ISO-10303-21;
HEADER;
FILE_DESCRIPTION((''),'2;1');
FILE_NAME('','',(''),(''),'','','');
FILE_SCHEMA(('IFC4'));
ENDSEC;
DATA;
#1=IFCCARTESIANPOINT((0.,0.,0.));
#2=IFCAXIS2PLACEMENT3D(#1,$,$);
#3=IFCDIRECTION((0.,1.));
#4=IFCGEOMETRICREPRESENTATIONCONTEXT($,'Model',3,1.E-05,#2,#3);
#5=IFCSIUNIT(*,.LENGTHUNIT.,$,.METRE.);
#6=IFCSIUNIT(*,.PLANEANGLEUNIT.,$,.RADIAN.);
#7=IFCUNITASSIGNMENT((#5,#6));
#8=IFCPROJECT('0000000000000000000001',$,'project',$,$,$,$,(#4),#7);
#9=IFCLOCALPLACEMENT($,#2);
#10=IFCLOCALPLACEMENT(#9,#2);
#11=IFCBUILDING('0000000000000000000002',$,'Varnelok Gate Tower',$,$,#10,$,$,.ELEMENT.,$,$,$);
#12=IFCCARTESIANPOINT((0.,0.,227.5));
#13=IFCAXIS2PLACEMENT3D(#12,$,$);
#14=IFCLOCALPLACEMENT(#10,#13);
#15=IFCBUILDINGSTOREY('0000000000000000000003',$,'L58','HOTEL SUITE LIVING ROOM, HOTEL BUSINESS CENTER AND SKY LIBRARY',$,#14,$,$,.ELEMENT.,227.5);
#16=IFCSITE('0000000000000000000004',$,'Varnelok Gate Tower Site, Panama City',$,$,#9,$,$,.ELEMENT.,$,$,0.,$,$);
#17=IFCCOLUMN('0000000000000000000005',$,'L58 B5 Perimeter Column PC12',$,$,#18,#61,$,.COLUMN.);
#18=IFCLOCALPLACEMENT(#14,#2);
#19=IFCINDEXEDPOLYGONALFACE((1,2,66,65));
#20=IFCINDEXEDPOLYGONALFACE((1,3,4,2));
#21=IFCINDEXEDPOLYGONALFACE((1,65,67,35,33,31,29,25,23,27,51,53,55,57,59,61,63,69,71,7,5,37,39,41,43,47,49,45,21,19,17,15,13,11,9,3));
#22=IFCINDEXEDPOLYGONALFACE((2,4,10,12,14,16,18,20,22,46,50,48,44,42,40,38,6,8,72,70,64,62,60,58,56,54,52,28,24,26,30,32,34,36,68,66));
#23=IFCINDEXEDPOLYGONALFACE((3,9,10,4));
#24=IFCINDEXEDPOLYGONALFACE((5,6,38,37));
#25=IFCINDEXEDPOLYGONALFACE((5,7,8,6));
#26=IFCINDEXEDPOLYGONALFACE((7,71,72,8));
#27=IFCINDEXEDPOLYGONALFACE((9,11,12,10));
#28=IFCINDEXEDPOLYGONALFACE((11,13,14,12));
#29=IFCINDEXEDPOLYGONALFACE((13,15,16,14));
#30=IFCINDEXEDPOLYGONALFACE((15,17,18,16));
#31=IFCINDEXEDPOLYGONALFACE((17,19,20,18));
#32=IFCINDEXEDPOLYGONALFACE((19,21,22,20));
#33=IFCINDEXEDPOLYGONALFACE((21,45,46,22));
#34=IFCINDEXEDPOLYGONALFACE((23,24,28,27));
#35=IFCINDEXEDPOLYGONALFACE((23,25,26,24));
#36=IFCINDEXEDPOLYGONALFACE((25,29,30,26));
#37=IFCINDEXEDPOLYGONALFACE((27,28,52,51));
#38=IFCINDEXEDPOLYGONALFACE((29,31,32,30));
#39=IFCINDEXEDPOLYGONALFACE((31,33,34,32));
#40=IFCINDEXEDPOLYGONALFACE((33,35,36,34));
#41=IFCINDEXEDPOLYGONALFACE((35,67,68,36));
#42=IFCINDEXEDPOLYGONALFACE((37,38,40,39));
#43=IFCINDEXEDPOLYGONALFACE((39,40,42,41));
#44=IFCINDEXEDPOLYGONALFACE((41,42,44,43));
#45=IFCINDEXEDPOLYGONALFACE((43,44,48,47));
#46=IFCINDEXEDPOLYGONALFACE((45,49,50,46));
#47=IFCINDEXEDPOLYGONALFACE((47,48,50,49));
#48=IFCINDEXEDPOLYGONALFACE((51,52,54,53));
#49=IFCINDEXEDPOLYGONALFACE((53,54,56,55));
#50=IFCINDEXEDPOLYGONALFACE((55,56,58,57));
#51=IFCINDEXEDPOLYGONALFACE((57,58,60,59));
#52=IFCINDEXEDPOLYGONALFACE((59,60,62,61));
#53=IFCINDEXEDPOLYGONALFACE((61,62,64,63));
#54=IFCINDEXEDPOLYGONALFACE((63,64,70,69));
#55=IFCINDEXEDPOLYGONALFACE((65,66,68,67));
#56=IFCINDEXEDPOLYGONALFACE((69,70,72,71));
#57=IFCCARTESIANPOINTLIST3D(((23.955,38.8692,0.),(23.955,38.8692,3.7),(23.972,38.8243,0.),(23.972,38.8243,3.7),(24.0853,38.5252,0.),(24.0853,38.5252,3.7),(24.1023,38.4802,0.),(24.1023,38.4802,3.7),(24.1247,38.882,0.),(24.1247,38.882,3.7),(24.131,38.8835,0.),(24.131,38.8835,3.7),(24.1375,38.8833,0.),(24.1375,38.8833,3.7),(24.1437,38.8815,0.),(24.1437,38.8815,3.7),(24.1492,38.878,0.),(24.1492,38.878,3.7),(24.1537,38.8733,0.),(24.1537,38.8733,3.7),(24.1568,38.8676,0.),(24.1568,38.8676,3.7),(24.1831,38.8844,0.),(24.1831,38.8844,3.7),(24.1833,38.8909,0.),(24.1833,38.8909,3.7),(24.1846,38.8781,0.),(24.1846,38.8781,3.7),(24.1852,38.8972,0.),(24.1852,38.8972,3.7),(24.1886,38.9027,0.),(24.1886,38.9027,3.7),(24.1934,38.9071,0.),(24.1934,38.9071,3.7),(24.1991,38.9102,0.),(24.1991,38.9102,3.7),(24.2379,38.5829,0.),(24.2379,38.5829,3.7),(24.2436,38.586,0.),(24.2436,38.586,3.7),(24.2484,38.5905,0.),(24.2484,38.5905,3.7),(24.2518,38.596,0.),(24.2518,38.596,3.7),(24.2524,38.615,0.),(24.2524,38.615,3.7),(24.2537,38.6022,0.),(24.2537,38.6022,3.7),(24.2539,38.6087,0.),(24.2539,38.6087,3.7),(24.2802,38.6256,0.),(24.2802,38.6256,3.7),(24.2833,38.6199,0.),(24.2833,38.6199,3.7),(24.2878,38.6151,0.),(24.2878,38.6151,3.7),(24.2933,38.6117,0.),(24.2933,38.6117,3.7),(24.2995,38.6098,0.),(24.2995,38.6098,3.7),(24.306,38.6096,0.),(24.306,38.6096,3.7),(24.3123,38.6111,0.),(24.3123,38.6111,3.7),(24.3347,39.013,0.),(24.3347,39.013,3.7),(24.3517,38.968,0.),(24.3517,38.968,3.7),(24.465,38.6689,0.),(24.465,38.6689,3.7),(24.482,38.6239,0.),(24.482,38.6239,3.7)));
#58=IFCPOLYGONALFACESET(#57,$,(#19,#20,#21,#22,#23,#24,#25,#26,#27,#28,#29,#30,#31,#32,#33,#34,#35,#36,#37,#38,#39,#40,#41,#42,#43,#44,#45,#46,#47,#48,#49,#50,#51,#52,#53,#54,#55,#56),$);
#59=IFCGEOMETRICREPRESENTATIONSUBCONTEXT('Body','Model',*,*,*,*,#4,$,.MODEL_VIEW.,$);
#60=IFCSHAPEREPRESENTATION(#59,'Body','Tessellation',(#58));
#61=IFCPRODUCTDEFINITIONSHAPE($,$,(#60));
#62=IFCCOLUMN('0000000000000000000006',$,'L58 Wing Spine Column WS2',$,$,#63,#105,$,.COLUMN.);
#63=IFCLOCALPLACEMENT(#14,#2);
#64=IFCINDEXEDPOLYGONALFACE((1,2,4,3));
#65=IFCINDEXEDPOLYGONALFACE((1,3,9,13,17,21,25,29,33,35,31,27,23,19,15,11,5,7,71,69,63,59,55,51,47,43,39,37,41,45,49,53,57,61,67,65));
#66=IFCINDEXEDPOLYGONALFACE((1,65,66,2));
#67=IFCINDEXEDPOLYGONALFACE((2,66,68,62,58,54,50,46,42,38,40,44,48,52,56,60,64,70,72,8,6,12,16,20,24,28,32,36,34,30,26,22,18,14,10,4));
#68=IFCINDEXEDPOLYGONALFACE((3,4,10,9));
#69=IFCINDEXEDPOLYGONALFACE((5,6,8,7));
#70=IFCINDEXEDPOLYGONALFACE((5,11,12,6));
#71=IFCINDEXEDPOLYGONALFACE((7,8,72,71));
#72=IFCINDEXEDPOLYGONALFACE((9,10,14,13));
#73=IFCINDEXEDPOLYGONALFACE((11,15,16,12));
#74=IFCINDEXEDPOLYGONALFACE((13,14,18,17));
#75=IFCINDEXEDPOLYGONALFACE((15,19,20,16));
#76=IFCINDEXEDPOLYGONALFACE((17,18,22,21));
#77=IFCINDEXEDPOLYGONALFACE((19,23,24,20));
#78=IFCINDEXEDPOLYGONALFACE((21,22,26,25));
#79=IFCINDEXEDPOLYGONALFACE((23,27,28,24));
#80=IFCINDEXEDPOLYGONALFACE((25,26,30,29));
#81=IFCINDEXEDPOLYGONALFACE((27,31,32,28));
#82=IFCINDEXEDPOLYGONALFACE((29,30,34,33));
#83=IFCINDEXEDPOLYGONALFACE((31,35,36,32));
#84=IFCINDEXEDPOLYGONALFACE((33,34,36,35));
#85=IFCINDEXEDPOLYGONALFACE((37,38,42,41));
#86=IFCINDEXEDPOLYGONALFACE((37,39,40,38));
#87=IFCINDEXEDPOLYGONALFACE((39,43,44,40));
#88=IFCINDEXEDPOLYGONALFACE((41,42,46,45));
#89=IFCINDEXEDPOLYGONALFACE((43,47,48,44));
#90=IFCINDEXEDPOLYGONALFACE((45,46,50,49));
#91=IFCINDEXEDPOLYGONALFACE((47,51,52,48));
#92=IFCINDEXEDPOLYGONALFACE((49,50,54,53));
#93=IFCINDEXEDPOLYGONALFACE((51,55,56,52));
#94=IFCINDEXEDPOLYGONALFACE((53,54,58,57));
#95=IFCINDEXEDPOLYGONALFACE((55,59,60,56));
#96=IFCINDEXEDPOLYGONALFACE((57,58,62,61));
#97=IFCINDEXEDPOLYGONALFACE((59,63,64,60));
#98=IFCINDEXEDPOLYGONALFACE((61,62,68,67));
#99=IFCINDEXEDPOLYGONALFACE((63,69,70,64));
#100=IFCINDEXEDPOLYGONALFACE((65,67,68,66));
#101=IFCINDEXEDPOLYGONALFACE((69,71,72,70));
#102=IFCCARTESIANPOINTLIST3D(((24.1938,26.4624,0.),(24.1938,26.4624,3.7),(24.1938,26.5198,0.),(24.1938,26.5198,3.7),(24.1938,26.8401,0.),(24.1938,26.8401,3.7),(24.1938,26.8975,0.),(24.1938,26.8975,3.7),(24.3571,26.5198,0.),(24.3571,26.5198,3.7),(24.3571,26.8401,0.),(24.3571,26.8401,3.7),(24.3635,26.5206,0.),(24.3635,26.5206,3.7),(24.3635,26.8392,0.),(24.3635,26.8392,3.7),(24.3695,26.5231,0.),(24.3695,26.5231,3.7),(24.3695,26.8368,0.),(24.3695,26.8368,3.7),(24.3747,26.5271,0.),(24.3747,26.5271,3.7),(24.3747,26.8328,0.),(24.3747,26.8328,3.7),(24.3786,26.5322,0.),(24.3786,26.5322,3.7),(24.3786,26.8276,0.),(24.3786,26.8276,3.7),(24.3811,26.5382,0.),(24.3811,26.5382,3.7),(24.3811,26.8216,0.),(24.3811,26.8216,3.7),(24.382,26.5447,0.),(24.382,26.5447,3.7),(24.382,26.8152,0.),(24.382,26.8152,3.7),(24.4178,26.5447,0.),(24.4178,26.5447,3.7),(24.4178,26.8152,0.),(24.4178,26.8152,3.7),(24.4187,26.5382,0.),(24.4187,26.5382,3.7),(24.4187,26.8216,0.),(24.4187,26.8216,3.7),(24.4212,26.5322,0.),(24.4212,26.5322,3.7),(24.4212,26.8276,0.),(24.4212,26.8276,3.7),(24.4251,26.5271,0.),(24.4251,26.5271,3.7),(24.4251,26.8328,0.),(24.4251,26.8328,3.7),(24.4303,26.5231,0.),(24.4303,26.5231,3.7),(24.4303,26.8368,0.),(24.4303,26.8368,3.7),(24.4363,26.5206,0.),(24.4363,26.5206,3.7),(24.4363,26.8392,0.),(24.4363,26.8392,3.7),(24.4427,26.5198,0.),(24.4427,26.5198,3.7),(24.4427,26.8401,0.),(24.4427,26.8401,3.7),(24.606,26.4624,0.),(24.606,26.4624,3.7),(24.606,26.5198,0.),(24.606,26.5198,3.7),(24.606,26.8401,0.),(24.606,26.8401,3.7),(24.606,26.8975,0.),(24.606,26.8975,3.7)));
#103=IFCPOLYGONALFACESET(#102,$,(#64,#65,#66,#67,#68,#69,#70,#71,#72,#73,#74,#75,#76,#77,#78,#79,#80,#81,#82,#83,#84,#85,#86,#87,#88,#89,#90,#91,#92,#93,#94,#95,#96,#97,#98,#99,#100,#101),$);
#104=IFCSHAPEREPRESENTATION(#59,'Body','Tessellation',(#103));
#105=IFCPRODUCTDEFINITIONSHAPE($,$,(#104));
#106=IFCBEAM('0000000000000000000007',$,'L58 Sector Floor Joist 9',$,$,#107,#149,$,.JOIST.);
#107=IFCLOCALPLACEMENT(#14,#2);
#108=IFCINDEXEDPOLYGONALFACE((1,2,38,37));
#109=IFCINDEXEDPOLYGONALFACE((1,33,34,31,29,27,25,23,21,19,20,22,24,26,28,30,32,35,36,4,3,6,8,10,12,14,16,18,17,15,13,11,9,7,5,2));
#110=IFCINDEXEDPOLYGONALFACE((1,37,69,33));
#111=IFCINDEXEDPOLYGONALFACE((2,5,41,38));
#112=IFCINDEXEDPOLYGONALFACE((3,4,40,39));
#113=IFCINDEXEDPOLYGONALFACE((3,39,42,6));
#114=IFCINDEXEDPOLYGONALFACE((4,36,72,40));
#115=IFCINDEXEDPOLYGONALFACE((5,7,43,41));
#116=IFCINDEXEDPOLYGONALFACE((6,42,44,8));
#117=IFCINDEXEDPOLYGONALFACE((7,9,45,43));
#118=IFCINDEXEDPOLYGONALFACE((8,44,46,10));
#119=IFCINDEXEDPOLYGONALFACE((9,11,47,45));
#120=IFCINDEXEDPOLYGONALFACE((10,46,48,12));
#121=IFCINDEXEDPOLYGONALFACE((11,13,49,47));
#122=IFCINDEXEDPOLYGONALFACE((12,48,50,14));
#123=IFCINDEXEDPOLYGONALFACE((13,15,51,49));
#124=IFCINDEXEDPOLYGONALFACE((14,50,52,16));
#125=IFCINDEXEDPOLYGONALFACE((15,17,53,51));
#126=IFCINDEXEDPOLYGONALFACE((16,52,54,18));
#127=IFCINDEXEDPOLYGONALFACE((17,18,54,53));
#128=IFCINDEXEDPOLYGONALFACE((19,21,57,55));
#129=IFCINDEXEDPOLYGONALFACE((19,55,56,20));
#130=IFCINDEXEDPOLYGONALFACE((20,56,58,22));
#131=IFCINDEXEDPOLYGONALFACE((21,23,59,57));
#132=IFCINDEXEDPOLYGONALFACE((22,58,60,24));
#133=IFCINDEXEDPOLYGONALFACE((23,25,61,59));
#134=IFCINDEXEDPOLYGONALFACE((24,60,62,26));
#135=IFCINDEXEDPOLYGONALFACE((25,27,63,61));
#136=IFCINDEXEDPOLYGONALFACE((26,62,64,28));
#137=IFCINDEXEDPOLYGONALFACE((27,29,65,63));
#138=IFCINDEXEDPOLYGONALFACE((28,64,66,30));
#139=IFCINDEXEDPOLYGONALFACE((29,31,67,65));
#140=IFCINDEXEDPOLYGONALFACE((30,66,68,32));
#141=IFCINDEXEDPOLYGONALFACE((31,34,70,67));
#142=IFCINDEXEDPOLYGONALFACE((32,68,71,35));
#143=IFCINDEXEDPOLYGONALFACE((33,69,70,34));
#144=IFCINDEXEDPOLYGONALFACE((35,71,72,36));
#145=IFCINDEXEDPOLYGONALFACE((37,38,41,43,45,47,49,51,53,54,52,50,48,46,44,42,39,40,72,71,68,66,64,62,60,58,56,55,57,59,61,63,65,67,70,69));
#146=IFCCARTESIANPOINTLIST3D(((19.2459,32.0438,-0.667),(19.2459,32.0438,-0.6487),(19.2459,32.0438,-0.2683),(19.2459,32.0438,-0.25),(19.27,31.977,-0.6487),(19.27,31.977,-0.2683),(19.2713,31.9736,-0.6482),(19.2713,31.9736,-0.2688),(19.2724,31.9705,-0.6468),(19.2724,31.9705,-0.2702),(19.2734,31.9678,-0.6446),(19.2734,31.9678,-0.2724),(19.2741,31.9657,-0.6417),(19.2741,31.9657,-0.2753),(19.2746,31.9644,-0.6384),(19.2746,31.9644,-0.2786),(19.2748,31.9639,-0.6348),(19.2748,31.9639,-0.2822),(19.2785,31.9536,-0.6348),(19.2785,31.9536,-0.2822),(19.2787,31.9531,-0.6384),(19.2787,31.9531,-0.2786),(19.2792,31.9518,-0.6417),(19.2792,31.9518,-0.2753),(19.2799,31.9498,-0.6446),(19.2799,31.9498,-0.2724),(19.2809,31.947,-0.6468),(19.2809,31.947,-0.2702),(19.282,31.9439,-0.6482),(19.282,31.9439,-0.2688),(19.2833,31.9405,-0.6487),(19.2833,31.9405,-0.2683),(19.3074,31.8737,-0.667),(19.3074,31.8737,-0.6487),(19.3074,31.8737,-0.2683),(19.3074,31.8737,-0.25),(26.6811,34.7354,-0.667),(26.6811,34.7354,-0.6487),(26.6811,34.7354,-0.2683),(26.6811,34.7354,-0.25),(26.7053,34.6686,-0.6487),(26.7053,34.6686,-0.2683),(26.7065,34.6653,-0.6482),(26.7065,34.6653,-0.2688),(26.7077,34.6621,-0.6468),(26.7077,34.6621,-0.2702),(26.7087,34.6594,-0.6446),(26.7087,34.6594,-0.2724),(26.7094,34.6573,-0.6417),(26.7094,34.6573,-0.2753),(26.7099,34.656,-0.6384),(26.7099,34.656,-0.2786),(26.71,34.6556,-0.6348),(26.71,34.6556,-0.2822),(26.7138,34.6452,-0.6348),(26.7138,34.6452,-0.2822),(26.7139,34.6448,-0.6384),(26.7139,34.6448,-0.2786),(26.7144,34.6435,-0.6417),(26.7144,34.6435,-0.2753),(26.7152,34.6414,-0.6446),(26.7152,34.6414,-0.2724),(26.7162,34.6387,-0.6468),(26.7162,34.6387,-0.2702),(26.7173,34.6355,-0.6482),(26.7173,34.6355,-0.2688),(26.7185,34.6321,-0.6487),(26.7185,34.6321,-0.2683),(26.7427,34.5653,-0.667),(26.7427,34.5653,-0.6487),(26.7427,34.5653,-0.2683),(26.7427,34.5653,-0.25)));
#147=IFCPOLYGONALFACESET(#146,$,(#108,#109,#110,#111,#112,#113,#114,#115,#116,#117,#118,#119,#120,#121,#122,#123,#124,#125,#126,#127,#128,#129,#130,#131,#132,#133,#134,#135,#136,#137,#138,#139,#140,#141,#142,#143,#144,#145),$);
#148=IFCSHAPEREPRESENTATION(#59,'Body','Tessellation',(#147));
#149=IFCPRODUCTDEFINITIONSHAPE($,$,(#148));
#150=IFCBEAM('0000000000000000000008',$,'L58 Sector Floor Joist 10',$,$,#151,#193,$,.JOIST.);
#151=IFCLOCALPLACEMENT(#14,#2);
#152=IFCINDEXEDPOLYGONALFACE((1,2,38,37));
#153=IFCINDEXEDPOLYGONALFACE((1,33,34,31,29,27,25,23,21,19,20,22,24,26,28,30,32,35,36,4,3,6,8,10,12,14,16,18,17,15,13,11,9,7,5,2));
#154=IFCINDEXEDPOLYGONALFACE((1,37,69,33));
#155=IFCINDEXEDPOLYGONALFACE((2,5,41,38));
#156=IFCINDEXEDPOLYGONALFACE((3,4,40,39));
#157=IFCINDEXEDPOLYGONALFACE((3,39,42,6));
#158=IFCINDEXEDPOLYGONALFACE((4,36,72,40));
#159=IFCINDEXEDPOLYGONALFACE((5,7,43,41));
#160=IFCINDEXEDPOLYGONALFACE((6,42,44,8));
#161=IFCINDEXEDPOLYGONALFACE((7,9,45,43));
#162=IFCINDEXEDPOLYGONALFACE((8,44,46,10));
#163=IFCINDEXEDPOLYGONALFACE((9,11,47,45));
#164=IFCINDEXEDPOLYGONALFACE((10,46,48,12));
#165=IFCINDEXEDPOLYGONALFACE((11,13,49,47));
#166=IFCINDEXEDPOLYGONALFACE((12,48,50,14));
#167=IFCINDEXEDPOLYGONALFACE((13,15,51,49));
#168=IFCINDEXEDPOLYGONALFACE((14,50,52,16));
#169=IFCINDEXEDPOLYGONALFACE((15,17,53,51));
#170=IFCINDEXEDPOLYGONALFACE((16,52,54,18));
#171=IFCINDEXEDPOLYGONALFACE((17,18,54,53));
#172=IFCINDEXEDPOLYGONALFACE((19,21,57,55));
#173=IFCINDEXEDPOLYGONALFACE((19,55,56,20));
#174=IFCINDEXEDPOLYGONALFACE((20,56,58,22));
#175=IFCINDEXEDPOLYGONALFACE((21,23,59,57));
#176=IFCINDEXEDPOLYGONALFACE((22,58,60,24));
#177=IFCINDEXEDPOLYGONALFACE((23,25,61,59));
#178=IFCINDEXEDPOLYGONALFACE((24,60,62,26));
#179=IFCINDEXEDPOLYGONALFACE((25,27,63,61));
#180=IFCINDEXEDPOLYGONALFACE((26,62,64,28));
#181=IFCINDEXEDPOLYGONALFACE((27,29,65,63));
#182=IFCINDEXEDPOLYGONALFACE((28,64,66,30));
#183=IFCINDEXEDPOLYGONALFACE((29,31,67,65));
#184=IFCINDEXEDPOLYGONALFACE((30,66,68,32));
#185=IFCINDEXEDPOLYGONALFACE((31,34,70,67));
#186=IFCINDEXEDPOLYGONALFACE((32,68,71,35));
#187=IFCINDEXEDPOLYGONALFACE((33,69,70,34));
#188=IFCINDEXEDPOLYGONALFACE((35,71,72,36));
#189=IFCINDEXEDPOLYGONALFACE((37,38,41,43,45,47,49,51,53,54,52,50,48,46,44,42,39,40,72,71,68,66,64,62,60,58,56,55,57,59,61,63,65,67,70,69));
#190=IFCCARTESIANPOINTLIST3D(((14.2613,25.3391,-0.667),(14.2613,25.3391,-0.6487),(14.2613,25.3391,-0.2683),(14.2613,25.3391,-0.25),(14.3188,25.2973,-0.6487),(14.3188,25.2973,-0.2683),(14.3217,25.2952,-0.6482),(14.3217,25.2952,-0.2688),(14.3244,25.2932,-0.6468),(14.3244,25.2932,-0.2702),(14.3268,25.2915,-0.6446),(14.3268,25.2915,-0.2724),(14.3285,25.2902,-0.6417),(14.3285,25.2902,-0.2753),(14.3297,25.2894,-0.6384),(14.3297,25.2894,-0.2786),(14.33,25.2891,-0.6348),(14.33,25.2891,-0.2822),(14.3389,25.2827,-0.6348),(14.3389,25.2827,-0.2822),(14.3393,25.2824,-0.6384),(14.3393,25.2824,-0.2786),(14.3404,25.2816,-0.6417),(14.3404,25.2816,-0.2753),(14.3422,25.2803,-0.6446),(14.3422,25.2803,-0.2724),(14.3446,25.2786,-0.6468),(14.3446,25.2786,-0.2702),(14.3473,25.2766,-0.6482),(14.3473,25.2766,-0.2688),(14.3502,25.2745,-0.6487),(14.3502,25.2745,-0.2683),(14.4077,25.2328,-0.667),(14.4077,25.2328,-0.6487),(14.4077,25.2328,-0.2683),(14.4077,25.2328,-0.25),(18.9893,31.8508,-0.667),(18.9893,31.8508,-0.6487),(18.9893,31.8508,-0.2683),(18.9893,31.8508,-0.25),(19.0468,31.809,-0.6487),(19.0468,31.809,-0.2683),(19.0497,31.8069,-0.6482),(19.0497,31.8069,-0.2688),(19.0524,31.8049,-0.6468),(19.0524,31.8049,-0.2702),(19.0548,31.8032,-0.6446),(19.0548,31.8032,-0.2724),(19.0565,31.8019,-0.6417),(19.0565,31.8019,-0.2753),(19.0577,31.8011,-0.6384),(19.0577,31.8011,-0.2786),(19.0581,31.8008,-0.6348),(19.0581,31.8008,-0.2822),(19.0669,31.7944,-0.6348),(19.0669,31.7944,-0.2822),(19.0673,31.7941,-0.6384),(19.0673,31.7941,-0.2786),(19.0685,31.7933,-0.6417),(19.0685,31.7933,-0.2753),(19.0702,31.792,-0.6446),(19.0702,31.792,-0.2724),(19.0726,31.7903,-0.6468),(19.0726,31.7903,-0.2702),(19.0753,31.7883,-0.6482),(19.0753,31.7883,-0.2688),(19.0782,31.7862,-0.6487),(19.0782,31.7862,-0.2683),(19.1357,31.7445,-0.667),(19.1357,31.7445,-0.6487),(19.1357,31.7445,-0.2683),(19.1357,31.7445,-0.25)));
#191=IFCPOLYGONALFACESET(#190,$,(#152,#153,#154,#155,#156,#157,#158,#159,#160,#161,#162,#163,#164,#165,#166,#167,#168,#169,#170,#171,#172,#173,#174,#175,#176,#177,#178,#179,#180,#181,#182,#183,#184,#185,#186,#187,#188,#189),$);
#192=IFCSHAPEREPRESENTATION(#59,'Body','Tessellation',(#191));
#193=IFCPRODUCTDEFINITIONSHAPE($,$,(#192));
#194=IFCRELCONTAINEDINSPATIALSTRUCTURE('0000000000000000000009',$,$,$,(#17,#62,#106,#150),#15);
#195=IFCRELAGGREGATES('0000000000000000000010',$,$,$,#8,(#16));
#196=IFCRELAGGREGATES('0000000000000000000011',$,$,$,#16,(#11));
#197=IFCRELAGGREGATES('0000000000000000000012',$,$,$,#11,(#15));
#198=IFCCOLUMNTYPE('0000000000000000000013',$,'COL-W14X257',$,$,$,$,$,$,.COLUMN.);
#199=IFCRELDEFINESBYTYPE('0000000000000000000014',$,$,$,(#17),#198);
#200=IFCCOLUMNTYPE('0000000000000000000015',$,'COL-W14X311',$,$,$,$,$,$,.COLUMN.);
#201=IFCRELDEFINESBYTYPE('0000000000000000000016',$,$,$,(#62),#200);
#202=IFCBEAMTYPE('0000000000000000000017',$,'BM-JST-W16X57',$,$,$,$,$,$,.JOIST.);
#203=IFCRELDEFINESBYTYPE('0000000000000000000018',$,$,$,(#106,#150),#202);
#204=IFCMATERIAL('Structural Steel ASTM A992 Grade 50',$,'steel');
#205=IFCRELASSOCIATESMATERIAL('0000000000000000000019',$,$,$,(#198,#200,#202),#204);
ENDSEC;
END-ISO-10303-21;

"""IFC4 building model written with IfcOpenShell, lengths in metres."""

from ifc_helpers import new_model, si_unit, direction, frame, origin, origin_2d, place, context, subcontext, project, spatial, i_section, extrude, material, material_profile, profile_set, type_object, element, save


model = new_model("IFC4")

# Units and contexts
model_context = context("Model", 3, precision=1e-05, world=origin(), true_north=direction((0.0, 1.0)))
body_context = subcontext(model_context, "Body", "Model", "MODEL_VIEW")
ifc_project = project(units=[si_unit("LENGTHUNIT", "METRE"), si_unit("PLANEANGLEUNIT", "RADIAN")], contexts=[model_context])

# Site, building, storey
site_placement = place(None, origin())
site = spatial("IfcSite", under=ifc_project, at=site_placement, Name="Varnelok Gate Tower Site, Panama City", CompositionType="ELEMENT", RefElevation=0.0)
building_placement = place(site_placement, origin())
building = spatial("IfcBuilding", under=site, at=building_placement, Name="Varnelok Gate Tower", CompositionType="ELEMENT")
storey_placement = place(building_placement, frame((0.0, 0.0, 227.5)))
storey = spatial("IfcBuildingStorey", under=building, at=storey_placement, Name="L58", Description="HOTEL SUITE LIVING ROOM, HOTEL BUSINESS CENTER AND SKY LIBRARY", CompositionType="ELEMENT", Elevation=227.5)

# Columns
ifc_material_1 = material(Name="Structural Steel ASTM A992 Grade 50", Category="steel")
ifc_material_profile_1 = material_profile(ifc_material_1, i_section(OverallWidth=0.406, OverallDepth=0.416, WebThickness=0.0298, FlangeThickness=0.0481, FilletRadius=0.0249, at=origin_2d()), Name="W14X257")
ifc_profile_set_1 = profile_set([ifc_material_profile_1], Name="Structural Steel ASTM A992 Grade 50")
column_type_1 = type_object("IfcColumnType", Name="COL-W14X257", PredefinedType="COLUMN", material=ifc_profile_set_1)
column_1_placement = place(storey_placement, frame((24.2185, 38.7466, 0.0), z_axis=(0.0, 0.0, 1.0), x_axis=(0.935222, 0.354063, 0.0)))
element("IfcColumn", 1, at=column_1_placement, inside=storey, type_object=column_type_1, Name="L58 B5 Perimeter Column PC12", PredefinedType="COLUMN", context=body_context, shape_type="SweptSolid", body=[
    extrude(i_section(OverallWidth=0.406, OverallDepth=0.416, WebThickness=0.0298, FlangeThickness=0.0481, FilletRadius=0.0249, at=origin_2d()), origin(), (0.0, 0.0, 1.0), 3.7),
])
ifc_material_profile_2 = material_profile(ifc_material_1, i_section(OverallWidth=0.4121, OverallDepth=0.4351, WebThickness=0.0359, FlangeThickness=0.0574, FilletRadius=0.0249, at=origin_2d()), Name="W14X311")
ifc_profile_set_2 = profile_set([ifc_material_profile_2], Name="Structural Steel ASTM A992 Grade 50")
column_type_2 = type_object("IfcColumnType", Name="COL-W14X311", PredefinedType="COLUMN", material=ifc_profile_set_2)
column_2_placement = place(storey_placement, frame((24.3999, 26.6799, 0.0), z_axis=(0.0, 0.0, 1.0), x_axis=(1.0, 0.0, 0.0)))
element("IfcColumn", 2, at=column_2_placement, inside=storey, type_object=column_type_2, Name="L58 Wing Spine Column WS2", PredefinedType="COLUMN", context=body_context, shape_type="SweptSolid", body=[
    extrude(i_section(OverallWidth=0.4121, OverallDepth=0.4351, WebThickness=0.0359, FlangeThickness=0.0574, FilletRadius=0.0249, at=origin_2d()), origin(), (0.0, 0.0, 1.0), 3.7),
])

# Beams
ifc_material_profile_3 = material_profile(ifc_material_1, i_section(OverallWidth=0.1809, OverallDepth=0.417, WebThickness=0.011, FlangeThickness=0.0183, FilletRadius=0.0139, at=origin_2d()), Name="W16X57")
ifc_profile_set_3 = profile_set([ifc_material_profile_3], Name="Structural Steel ASTM A992 Grade 50")
beam_type_1 = type_object("IfcBeamType", Name="BM-JST-W16X57", PredefinedType="JOIST", material=ifc_profile_set_3)
beam_1_placement = place(storey_placement, frame((26.7119, 34.6504, -0.4585), z_axis=(-0.940284, -0.340392, 0.0), x_axis=(0.340392, -0.940284, 0.0)))
element("IfcBeam", 3, at=beam_1_placement, inside=storey, type_object=beam_type_1, Name="L58 Sector Floor Joist 9", PredefinedType="JOIST", context=body_context, shape_type="SweptSolid", body=[
    extrude(i_section(OverallWidth=0.1809, OverallDepth=0.417, WebThickness=0.011, FlangeThickness=0.0183, FilletRadius=0.0139, at=origin_2d()), origin(), (0.0, 0.0, 1.0), 7.9075),
])
beam_2_placement = place(storey_placement, frame((19.0625, 31.7976, -0.4585), z_axis=(-0.58754, -0.809195, 0.0), x_axis=(0.809195, -0.58754, 0.0)))
element("IfcBeam", 4, at=beam_2_placement, inside=storey, type_object=beam_type_1, Name="L58 Sector Floor Joist 10", PredefinedType="JOIST", context=body_context, shape_type="SweptSolid", body=[
    extrude(i_section(OverallWidth=0.1809, OverallDepth=0.417, WebThickness=0.011, FlangeThickness=0.0183, FilletRadius=0.0139, at=origin_2d()), origin(), (0.0, 0.0, 1.0), 8.0471),
])

save(model, "model.ifc")
